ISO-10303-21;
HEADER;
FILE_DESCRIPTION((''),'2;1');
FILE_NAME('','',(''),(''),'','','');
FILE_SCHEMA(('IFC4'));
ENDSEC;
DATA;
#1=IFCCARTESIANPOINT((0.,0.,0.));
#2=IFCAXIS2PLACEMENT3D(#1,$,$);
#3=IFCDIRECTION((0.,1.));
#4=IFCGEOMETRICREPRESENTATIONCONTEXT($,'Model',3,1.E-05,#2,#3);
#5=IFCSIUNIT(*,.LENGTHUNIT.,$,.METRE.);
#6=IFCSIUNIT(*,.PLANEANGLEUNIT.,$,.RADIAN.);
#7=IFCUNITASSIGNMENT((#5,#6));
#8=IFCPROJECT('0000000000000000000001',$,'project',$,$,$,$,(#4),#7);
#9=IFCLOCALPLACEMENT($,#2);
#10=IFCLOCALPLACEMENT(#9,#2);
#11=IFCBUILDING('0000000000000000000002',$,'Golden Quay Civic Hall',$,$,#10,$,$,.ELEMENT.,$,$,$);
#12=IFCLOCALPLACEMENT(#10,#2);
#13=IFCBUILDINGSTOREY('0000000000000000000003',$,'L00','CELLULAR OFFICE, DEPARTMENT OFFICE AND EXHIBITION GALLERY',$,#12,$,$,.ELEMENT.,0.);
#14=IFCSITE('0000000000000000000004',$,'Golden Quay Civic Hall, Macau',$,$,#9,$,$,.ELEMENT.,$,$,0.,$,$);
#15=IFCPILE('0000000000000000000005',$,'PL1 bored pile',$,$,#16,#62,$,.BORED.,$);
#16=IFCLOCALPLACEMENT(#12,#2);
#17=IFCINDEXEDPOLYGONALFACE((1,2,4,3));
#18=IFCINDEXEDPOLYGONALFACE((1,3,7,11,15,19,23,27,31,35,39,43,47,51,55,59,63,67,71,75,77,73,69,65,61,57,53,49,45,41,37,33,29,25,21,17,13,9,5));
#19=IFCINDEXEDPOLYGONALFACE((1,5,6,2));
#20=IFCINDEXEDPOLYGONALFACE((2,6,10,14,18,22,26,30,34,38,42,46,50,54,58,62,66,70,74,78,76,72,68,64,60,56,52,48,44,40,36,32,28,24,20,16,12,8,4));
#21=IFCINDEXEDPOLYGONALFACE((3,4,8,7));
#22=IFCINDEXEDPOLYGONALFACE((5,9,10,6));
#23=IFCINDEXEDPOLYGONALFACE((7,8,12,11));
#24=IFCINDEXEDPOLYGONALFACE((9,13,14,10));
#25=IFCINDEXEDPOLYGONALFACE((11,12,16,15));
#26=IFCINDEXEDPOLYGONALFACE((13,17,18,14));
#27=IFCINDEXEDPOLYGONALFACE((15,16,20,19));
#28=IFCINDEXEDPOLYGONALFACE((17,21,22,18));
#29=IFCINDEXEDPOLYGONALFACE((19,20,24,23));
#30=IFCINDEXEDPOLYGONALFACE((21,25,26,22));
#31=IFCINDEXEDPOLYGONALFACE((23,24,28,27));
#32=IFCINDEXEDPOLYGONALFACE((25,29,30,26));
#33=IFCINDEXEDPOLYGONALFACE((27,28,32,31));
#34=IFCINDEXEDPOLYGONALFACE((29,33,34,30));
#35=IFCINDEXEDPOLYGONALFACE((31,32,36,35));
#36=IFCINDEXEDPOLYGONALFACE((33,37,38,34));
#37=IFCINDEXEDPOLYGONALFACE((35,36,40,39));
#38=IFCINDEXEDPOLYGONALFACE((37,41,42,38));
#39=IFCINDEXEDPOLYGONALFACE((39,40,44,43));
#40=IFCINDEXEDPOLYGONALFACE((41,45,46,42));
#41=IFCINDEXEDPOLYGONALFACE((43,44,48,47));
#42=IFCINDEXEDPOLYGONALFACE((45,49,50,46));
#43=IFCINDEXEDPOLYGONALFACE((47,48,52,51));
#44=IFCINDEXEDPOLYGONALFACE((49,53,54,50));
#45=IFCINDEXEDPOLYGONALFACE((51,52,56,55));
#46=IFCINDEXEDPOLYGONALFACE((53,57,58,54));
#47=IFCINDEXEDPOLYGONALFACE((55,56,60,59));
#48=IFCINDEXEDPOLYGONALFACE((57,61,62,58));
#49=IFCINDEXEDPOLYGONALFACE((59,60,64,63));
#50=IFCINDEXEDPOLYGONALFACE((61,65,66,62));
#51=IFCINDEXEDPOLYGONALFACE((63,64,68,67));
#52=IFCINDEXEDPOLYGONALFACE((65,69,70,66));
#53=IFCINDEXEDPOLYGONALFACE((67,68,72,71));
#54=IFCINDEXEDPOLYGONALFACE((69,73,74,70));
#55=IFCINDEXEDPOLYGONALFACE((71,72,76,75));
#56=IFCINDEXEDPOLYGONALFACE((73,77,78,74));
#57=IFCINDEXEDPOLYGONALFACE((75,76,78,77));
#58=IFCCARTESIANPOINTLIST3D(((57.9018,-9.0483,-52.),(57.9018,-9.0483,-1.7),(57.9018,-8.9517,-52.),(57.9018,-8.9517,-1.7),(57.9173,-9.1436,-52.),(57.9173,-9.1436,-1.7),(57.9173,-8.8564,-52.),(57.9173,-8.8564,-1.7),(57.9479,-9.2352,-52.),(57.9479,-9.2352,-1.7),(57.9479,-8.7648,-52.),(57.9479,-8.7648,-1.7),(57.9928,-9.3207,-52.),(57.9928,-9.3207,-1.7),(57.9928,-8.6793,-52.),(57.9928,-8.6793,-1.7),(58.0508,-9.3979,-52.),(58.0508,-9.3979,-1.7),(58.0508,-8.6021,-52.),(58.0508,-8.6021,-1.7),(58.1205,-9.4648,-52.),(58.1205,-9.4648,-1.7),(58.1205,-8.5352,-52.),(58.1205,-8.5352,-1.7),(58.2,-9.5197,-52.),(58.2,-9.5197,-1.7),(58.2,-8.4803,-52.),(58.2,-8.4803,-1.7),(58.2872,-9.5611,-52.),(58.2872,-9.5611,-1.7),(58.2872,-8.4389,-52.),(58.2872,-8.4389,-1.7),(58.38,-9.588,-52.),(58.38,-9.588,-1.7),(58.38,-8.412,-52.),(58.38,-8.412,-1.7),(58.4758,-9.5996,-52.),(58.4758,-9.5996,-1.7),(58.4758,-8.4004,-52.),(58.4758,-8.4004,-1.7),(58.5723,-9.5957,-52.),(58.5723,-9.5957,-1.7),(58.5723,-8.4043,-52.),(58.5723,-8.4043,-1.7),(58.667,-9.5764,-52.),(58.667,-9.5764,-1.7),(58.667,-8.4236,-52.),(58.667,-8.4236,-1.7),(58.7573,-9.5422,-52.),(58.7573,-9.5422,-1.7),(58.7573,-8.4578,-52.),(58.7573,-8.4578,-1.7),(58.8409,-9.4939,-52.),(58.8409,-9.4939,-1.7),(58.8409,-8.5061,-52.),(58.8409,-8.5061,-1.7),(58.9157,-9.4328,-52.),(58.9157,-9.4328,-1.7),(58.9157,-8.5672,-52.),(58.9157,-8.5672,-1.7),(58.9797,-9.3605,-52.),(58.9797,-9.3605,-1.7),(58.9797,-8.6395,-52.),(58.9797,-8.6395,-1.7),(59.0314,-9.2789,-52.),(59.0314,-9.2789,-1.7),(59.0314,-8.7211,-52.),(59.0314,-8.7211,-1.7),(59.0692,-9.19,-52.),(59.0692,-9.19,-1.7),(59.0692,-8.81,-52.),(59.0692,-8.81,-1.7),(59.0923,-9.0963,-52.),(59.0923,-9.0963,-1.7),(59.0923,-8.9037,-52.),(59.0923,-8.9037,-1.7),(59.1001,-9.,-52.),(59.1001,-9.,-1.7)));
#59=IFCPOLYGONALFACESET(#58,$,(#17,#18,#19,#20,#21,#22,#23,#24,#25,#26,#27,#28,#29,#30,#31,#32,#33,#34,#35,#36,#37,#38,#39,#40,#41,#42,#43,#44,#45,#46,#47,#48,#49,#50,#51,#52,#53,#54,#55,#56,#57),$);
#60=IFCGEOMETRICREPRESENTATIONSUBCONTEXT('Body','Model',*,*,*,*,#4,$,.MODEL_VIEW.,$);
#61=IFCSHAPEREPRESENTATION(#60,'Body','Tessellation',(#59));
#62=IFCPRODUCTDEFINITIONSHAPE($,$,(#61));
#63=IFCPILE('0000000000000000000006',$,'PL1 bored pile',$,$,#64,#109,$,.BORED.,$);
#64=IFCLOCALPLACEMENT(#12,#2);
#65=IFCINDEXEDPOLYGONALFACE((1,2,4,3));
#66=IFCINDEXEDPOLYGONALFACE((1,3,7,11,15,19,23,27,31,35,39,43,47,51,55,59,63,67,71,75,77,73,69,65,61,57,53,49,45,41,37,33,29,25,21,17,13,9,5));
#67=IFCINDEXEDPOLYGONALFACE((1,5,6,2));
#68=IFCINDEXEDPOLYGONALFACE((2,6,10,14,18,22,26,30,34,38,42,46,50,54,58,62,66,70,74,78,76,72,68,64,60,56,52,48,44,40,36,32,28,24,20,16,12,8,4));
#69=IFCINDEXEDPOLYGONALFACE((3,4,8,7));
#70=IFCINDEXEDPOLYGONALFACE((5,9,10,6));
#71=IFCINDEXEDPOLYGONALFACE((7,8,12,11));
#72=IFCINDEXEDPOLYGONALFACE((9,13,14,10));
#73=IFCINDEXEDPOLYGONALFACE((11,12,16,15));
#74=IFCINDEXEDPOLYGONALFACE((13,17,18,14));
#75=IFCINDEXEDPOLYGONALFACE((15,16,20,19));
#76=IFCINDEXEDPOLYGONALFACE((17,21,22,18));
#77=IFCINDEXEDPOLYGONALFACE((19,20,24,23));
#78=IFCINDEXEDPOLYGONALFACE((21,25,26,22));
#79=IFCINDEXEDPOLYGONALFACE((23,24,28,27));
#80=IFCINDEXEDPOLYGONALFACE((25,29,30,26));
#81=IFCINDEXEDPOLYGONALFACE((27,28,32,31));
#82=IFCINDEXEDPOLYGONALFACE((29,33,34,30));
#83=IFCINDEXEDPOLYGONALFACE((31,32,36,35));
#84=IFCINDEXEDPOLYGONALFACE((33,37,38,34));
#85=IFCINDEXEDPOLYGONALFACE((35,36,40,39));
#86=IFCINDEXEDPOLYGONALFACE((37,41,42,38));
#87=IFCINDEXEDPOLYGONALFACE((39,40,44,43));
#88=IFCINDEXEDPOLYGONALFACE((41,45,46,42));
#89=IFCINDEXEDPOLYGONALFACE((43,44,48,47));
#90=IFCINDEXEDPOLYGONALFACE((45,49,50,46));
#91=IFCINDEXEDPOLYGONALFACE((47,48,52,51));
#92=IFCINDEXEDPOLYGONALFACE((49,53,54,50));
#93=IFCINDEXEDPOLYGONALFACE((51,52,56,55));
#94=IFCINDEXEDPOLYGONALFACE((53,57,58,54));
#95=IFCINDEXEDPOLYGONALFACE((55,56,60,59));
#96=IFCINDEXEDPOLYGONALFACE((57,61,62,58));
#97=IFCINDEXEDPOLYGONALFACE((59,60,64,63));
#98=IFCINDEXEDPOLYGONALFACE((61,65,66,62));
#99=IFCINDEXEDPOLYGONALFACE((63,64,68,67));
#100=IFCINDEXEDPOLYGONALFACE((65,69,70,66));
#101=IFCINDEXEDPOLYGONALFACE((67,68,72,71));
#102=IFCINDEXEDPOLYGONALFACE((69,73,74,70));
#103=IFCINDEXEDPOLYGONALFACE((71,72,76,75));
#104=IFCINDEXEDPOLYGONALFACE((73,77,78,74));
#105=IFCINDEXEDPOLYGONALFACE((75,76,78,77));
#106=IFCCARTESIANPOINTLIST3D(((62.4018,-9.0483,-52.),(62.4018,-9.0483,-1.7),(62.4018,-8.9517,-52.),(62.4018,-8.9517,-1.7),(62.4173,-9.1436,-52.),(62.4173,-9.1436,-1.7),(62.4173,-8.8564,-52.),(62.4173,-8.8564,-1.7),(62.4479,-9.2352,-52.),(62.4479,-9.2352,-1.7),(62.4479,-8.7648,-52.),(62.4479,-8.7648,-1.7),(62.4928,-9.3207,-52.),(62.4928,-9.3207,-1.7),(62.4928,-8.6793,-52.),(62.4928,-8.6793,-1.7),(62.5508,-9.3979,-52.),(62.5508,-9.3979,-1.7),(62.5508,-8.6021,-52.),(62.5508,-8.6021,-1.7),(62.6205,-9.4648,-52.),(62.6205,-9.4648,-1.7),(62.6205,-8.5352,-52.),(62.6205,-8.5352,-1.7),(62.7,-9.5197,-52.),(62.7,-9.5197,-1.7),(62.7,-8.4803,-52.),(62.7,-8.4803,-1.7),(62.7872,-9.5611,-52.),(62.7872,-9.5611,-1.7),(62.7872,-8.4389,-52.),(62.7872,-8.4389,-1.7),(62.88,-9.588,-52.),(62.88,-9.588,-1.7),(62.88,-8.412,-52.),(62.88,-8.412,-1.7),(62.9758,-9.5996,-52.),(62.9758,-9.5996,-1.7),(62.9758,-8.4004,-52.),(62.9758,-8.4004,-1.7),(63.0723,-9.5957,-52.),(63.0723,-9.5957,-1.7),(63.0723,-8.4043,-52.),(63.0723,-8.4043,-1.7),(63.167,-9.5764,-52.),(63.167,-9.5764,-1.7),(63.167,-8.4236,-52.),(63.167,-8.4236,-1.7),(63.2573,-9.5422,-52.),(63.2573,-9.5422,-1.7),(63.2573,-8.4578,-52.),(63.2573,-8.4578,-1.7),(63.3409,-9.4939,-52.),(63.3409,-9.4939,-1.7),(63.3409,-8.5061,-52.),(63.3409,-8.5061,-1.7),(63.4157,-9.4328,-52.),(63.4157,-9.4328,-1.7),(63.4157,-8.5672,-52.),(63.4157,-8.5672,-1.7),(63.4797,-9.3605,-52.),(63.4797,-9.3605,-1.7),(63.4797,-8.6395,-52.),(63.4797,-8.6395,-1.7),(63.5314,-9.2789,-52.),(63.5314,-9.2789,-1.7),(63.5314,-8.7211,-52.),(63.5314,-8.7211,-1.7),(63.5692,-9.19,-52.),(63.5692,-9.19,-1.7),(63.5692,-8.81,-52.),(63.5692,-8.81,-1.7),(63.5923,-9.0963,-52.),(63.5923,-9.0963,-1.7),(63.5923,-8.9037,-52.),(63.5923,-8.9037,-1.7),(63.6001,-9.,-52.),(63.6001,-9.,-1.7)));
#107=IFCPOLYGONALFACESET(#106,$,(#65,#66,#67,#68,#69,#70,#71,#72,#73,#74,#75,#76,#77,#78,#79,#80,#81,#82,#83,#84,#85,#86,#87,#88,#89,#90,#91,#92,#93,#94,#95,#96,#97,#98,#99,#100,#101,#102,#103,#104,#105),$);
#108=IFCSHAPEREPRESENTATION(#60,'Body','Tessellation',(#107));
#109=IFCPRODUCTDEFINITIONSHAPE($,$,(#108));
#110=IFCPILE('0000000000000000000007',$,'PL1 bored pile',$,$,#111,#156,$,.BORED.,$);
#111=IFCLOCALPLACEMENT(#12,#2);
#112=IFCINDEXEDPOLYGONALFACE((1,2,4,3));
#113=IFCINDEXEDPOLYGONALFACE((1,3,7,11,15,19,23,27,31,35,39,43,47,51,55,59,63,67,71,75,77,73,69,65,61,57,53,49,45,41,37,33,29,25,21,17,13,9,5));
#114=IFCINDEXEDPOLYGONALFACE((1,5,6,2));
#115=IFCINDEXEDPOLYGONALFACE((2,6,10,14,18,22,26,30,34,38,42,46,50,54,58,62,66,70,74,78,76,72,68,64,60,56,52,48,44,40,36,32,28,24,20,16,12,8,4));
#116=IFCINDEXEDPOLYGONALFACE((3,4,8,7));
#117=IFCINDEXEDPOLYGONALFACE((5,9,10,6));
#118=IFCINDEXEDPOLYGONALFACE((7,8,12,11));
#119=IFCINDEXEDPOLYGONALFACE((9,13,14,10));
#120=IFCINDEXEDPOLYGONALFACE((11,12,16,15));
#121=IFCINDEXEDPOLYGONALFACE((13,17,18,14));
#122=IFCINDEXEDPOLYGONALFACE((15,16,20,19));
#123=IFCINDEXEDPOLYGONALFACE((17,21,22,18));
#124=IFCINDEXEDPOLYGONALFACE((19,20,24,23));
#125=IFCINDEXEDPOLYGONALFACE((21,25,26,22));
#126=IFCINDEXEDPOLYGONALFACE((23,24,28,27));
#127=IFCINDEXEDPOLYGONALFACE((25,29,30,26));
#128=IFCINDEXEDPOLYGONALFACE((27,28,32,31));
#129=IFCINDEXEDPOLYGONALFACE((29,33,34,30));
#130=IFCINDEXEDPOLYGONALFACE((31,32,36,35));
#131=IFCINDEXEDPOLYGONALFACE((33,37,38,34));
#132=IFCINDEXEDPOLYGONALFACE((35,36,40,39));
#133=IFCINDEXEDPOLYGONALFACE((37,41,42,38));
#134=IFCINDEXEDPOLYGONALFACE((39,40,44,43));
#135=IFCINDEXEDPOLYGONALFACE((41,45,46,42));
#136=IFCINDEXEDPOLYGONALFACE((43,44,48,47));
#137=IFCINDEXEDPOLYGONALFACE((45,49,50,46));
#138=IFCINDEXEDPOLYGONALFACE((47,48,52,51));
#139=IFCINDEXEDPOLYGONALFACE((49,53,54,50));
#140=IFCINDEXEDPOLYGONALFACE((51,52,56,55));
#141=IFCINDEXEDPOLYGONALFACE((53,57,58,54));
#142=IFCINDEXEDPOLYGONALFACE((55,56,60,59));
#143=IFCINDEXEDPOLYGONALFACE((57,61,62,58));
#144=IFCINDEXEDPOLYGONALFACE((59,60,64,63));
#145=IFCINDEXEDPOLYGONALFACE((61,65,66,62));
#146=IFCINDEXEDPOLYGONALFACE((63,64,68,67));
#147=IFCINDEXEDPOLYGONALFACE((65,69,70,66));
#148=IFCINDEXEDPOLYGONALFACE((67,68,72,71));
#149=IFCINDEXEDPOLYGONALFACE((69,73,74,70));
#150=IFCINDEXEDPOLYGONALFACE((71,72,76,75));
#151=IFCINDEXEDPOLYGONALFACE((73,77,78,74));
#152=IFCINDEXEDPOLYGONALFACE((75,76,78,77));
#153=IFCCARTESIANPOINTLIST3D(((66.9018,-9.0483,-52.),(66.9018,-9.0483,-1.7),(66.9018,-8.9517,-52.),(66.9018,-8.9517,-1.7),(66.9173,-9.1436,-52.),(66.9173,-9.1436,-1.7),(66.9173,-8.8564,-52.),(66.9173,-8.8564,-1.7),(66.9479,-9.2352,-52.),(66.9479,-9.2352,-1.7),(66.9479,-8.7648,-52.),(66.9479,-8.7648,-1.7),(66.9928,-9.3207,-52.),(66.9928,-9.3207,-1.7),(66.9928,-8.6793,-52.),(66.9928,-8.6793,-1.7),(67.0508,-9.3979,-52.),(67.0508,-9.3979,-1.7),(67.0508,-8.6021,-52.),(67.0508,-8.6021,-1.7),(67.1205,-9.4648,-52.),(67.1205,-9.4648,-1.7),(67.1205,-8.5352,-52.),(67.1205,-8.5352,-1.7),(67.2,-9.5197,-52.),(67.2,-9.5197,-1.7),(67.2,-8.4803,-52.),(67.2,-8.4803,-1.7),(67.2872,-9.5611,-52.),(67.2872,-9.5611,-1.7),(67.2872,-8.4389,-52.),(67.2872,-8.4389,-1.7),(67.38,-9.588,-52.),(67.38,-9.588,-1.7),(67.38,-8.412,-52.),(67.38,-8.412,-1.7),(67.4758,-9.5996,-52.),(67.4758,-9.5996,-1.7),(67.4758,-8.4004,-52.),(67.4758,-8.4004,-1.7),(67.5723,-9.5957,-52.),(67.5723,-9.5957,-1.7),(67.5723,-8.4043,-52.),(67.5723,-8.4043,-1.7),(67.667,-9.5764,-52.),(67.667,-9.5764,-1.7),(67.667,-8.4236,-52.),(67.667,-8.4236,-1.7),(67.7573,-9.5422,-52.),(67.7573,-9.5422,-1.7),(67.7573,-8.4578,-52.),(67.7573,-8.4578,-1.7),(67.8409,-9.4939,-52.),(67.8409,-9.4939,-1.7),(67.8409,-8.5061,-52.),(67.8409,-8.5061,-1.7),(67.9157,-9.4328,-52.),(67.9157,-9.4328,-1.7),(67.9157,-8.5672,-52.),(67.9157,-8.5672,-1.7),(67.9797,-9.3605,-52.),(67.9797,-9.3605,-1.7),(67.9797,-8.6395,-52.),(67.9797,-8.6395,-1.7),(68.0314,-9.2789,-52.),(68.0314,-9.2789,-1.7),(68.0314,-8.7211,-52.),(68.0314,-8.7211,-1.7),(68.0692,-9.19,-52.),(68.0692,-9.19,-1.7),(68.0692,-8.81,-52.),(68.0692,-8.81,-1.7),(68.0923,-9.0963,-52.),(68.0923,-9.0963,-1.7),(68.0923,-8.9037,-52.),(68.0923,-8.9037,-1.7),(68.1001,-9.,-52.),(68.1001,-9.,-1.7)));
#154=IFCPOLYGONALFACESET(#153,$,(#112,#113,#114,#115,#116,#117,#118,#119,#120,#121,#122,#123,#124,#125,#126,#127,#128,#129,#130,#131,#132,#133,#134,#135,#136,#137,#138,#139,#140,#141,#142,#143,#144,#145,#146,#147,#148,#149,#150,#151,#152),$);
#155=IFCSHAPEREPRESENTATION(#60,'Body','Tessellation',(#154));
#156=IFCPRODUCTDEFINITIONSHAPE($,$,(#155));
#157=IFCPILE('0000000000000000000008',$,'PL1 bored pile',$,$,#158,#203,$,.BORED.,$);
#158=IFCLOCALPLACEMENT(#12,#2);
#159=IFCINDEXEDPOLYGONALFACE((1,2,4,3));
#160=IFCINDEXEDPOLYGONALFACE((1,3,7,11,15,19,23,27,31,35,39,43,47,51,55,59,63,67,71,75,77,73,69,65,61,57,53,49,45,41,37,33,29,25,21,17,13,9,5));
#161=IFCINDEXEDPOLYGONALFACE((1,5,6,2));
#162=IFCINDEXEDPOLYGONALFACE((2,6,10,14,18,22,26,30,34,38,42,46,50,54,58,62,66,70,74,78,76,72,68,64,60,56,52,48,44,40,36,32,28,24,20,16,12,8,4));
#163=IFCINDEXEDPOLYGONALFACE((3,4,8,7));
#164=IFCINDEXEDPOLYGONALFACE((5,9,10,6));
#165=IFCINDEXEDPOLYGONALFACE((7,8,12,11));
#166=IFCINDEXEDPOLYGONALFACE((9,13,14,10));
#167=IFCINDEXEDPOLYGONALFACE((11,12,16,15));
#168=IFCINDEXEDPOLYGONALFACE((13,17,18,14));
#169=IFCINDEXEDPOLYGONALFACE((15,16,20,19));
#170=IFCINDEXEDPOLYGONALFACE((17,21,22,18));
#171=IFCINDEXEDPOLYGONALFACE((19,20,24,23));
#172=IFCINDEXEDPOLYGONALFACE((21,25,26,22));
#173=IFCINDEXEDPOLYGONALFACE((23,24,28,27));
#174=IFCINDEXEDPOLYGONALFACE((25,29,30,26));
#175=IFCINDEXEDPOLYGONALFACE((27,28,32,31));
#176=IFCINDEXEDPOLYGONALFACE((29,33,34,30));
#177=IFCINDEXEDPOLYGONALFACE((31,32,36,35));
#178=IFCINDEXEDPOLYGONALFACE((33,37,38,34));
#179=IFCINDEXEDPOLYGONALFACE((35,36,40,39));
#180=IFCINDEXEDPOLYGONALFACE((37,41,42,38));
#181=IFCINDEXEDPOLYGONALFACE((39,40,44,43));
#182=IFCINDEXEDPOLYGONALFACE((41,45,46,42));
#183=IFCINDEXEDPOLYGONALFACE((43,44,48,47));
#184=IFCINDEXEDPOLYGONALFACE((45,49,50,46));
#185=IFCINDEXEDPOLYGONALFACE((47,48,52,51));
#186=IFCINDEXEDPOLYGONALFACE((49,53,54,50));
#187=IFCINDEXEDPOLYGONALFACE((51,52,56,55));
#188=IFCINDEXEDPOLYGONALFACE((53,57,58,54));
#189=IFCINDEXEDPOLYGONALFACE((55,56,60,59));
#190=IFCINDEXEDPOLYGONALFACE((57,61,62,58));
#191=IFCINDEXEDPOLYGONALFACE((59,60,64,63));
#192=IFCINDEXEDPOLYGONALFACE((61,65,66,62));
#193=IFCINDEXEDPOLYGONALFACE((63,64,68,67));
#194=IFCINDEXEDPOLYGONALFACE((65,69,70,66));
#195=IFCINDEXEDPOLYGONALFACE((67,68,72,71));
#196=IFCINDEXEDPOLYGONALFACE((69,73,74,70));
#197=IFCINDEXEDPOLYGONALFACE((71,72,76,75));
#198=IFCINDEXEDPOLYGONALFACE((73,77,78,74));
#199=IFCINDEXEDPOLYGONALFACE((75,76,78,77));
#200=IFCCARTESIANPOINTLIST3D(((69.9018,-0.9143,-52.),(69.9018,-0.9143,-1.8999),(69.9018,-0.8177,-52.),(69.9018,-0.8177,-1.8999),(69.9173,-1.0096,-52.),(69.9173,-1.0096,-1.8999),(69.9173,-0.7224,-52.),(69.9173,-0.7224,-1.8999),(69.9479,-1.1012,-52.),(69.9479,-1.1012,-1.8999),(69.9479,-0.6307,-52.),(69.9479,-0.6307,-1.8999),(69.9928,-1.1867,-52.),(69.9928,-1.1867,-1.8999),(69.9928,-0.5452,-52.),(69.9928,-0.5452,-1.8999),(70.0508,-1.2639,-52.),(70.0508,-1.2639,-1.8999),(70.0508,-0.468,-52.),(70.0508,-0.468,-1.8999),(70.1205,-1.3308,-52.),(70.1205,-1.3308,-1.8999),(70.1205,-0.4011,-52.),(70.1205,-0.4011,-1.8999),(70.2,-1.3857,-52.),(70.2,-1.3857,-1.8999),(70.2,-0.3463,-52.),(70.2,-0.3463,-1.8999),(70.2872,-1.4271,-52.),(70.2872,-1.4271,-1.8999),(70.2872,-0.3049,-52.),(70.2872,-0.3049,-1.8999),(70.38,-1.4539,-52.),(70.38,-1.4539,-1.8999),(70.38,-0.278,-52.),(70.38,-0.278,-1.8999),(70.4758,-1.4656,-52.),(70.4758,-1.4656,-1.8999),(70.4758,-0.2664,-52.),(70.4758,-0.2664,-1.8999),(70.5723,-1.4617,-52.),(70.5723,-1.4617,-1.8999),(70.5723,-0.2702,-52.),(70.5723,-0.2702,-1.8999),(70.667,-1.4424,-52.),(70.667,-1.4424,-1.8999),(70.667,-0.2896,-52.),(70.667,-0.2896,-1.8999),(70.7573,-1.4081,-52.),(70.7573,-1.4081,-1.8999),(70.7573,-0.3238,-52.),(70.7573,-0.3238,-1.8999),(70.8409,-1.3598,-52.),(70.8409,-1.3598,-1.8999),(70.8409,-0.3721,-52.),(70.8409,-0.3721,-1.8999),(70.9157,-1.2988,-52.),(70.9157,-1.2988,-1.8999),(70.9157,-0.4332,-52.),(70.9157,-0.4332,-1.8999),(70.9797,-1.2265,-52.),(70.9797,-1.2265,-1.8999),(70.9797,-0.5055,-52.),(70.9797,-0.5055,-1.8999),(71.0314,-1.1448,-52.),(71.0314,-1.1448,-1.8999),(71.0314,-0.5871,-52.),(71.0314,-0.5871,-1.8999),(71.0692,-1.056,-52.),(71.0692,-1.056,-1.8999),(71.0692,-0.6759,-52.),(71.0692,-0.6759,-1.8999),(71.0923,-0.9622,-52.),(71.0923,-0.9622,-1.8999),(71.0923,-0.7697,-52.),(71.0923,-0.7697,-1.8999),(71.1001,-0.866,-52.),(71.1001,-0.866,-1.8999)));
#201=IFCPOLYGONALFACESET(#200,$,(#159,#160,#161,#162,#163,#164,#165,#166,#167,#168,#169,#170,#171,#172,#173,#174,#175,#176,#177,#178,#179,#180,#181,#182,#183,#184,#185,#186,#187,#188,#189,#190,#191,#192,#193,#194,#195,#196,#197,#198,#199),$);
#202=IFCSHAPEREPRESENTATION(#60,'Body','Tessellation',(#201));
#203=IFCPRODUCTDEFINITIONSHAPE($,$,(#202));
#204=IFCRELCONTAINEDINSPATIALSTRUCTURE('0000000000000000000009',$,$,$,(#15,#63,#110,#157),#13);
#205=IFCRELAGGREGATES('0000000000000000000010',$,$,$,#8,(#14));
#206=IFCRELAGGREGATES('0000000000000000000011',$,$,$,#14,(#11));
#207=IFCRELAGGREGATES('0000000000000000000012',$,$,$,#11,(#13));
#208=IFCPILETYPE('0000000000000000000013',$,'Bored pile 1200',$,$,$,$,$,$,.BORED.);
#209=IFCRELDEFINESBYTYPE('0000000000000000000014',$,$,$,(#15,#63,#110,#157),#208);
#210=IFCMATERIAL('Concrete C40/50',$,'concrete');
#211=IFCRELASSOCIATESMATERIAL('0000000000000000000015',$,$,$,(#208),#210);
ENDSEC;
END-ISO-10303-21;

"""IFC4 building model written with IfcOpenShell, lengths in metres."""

from ifc_helpers import new_model, si_unit, direction, frame, origin, origin_2d, place, context, subcontext, project, spatial, circle, extrude, material, material_profile, profile_set, type_object, element, save


model = new_model("IFC4")

# Units and contexts
model_context = context("Model", 3, precision=1e-05, world=origin(), true_north=direction((0.0, 1.0)))
body_context = subcontext(model_context, "Body", "Model", "MODEL_VIEW")
ifc_project = project(units=[si_unit("LENGTHUNIT", "METRE"), si_unit("PLANEANGLEUNIT", "RADIAN")], contexts=[model_context])

# Site, building, storey
site_placement = place(None, origin())
site = spatial("IfcSite", under=ifc_project, at=site_placement, Name="Golden Quay Civic Hall, Macau", CompositionType="ELEMENT", RefElevation=0.0)
building_placement = place(site_placement, origin())
building = spatial("IfcBuilding", under=site, at=building_placement, Name="Golden Quay Civic Hall", CompositionType="ELEMENT")
storey_placement = place(building_placement, origin())
storey = spatial("IfcBuildingStorey", under=building, at=storey_placement, Name="L00", Description="CELLULAR OFFICE, DEPARTMENT OFFICE AND EXHIBITION GALLERY", CompositionType="ELEMENT", Elevation=0.0)

# Piles
ifc_material_1 = material(Name="Concrete C40/50", Category="concrete")
ifc_material_profile_1 = material_profile(ifc_material_1, circle(Radius=0.6001, at=origin_2d()), Name="RC D1200")
ifc_profile_set_1 = profile_set([ifc_material_profile_1], Name="Concrete C40/50")
pile_type = type_object("IfcPileType", Name="Bored pile 1200", PredefinedType="BORED", material=ifc_profile_set_1)
for number, where, z_axis, x_axis, name in (
    (1, (58.5, -9.0, -1.7), (0.0, 0.0, -1.0), (1.0, 0.0, 0.0), "PL1 bored pile"),
    (2, (63.0, -9.0, -1.7), (0.0, 0.0, -1.0), (1.0, 0.0, 0.0), "PL1 bored pile"),
    (3, (67.5, -9.0, -1.7), (0.0, 0.0, -1.0), (1.0, 0.0, 0.0), "PL1 bored pile"),
):
    element("IfcPile", number, at=place(storey_placement, frame(where, z_axis=z_axis, x_axis=x_axis)), inside=storey, type_object=pile_type, Name=name, PredefinedType="BORED", context=body_context, shape_type="SweptSolid", body=[
        extrude(circle(Radius=0.6001, at=origin_2d()), origin(), (0.0, 0.0, 1.0), 50.3),
    ])
for number, where, z_axis, x_axis, name in (
    (4, (70.5, -0.866, -1.8999), (0.0, 0.0, -1.0), (1.0, 0.0, 0.0), "PL1 bored pile"),
):
    element("IfcPile", number, at=place(storey_placement, frame(where, z_axis=z_axis, x_axis=x_axis)), inside=storey, type_object=pile_type, Name=name, PredefinedType="BORED", context=body_context, shape_type="SweptSolid", body=[
        extrude(circle(Radius=0.6001, at=origin_2d()), origin(), (0.0, 0.0, 1.0), 50.1001),
    ])

save(model, "model.ifc")
